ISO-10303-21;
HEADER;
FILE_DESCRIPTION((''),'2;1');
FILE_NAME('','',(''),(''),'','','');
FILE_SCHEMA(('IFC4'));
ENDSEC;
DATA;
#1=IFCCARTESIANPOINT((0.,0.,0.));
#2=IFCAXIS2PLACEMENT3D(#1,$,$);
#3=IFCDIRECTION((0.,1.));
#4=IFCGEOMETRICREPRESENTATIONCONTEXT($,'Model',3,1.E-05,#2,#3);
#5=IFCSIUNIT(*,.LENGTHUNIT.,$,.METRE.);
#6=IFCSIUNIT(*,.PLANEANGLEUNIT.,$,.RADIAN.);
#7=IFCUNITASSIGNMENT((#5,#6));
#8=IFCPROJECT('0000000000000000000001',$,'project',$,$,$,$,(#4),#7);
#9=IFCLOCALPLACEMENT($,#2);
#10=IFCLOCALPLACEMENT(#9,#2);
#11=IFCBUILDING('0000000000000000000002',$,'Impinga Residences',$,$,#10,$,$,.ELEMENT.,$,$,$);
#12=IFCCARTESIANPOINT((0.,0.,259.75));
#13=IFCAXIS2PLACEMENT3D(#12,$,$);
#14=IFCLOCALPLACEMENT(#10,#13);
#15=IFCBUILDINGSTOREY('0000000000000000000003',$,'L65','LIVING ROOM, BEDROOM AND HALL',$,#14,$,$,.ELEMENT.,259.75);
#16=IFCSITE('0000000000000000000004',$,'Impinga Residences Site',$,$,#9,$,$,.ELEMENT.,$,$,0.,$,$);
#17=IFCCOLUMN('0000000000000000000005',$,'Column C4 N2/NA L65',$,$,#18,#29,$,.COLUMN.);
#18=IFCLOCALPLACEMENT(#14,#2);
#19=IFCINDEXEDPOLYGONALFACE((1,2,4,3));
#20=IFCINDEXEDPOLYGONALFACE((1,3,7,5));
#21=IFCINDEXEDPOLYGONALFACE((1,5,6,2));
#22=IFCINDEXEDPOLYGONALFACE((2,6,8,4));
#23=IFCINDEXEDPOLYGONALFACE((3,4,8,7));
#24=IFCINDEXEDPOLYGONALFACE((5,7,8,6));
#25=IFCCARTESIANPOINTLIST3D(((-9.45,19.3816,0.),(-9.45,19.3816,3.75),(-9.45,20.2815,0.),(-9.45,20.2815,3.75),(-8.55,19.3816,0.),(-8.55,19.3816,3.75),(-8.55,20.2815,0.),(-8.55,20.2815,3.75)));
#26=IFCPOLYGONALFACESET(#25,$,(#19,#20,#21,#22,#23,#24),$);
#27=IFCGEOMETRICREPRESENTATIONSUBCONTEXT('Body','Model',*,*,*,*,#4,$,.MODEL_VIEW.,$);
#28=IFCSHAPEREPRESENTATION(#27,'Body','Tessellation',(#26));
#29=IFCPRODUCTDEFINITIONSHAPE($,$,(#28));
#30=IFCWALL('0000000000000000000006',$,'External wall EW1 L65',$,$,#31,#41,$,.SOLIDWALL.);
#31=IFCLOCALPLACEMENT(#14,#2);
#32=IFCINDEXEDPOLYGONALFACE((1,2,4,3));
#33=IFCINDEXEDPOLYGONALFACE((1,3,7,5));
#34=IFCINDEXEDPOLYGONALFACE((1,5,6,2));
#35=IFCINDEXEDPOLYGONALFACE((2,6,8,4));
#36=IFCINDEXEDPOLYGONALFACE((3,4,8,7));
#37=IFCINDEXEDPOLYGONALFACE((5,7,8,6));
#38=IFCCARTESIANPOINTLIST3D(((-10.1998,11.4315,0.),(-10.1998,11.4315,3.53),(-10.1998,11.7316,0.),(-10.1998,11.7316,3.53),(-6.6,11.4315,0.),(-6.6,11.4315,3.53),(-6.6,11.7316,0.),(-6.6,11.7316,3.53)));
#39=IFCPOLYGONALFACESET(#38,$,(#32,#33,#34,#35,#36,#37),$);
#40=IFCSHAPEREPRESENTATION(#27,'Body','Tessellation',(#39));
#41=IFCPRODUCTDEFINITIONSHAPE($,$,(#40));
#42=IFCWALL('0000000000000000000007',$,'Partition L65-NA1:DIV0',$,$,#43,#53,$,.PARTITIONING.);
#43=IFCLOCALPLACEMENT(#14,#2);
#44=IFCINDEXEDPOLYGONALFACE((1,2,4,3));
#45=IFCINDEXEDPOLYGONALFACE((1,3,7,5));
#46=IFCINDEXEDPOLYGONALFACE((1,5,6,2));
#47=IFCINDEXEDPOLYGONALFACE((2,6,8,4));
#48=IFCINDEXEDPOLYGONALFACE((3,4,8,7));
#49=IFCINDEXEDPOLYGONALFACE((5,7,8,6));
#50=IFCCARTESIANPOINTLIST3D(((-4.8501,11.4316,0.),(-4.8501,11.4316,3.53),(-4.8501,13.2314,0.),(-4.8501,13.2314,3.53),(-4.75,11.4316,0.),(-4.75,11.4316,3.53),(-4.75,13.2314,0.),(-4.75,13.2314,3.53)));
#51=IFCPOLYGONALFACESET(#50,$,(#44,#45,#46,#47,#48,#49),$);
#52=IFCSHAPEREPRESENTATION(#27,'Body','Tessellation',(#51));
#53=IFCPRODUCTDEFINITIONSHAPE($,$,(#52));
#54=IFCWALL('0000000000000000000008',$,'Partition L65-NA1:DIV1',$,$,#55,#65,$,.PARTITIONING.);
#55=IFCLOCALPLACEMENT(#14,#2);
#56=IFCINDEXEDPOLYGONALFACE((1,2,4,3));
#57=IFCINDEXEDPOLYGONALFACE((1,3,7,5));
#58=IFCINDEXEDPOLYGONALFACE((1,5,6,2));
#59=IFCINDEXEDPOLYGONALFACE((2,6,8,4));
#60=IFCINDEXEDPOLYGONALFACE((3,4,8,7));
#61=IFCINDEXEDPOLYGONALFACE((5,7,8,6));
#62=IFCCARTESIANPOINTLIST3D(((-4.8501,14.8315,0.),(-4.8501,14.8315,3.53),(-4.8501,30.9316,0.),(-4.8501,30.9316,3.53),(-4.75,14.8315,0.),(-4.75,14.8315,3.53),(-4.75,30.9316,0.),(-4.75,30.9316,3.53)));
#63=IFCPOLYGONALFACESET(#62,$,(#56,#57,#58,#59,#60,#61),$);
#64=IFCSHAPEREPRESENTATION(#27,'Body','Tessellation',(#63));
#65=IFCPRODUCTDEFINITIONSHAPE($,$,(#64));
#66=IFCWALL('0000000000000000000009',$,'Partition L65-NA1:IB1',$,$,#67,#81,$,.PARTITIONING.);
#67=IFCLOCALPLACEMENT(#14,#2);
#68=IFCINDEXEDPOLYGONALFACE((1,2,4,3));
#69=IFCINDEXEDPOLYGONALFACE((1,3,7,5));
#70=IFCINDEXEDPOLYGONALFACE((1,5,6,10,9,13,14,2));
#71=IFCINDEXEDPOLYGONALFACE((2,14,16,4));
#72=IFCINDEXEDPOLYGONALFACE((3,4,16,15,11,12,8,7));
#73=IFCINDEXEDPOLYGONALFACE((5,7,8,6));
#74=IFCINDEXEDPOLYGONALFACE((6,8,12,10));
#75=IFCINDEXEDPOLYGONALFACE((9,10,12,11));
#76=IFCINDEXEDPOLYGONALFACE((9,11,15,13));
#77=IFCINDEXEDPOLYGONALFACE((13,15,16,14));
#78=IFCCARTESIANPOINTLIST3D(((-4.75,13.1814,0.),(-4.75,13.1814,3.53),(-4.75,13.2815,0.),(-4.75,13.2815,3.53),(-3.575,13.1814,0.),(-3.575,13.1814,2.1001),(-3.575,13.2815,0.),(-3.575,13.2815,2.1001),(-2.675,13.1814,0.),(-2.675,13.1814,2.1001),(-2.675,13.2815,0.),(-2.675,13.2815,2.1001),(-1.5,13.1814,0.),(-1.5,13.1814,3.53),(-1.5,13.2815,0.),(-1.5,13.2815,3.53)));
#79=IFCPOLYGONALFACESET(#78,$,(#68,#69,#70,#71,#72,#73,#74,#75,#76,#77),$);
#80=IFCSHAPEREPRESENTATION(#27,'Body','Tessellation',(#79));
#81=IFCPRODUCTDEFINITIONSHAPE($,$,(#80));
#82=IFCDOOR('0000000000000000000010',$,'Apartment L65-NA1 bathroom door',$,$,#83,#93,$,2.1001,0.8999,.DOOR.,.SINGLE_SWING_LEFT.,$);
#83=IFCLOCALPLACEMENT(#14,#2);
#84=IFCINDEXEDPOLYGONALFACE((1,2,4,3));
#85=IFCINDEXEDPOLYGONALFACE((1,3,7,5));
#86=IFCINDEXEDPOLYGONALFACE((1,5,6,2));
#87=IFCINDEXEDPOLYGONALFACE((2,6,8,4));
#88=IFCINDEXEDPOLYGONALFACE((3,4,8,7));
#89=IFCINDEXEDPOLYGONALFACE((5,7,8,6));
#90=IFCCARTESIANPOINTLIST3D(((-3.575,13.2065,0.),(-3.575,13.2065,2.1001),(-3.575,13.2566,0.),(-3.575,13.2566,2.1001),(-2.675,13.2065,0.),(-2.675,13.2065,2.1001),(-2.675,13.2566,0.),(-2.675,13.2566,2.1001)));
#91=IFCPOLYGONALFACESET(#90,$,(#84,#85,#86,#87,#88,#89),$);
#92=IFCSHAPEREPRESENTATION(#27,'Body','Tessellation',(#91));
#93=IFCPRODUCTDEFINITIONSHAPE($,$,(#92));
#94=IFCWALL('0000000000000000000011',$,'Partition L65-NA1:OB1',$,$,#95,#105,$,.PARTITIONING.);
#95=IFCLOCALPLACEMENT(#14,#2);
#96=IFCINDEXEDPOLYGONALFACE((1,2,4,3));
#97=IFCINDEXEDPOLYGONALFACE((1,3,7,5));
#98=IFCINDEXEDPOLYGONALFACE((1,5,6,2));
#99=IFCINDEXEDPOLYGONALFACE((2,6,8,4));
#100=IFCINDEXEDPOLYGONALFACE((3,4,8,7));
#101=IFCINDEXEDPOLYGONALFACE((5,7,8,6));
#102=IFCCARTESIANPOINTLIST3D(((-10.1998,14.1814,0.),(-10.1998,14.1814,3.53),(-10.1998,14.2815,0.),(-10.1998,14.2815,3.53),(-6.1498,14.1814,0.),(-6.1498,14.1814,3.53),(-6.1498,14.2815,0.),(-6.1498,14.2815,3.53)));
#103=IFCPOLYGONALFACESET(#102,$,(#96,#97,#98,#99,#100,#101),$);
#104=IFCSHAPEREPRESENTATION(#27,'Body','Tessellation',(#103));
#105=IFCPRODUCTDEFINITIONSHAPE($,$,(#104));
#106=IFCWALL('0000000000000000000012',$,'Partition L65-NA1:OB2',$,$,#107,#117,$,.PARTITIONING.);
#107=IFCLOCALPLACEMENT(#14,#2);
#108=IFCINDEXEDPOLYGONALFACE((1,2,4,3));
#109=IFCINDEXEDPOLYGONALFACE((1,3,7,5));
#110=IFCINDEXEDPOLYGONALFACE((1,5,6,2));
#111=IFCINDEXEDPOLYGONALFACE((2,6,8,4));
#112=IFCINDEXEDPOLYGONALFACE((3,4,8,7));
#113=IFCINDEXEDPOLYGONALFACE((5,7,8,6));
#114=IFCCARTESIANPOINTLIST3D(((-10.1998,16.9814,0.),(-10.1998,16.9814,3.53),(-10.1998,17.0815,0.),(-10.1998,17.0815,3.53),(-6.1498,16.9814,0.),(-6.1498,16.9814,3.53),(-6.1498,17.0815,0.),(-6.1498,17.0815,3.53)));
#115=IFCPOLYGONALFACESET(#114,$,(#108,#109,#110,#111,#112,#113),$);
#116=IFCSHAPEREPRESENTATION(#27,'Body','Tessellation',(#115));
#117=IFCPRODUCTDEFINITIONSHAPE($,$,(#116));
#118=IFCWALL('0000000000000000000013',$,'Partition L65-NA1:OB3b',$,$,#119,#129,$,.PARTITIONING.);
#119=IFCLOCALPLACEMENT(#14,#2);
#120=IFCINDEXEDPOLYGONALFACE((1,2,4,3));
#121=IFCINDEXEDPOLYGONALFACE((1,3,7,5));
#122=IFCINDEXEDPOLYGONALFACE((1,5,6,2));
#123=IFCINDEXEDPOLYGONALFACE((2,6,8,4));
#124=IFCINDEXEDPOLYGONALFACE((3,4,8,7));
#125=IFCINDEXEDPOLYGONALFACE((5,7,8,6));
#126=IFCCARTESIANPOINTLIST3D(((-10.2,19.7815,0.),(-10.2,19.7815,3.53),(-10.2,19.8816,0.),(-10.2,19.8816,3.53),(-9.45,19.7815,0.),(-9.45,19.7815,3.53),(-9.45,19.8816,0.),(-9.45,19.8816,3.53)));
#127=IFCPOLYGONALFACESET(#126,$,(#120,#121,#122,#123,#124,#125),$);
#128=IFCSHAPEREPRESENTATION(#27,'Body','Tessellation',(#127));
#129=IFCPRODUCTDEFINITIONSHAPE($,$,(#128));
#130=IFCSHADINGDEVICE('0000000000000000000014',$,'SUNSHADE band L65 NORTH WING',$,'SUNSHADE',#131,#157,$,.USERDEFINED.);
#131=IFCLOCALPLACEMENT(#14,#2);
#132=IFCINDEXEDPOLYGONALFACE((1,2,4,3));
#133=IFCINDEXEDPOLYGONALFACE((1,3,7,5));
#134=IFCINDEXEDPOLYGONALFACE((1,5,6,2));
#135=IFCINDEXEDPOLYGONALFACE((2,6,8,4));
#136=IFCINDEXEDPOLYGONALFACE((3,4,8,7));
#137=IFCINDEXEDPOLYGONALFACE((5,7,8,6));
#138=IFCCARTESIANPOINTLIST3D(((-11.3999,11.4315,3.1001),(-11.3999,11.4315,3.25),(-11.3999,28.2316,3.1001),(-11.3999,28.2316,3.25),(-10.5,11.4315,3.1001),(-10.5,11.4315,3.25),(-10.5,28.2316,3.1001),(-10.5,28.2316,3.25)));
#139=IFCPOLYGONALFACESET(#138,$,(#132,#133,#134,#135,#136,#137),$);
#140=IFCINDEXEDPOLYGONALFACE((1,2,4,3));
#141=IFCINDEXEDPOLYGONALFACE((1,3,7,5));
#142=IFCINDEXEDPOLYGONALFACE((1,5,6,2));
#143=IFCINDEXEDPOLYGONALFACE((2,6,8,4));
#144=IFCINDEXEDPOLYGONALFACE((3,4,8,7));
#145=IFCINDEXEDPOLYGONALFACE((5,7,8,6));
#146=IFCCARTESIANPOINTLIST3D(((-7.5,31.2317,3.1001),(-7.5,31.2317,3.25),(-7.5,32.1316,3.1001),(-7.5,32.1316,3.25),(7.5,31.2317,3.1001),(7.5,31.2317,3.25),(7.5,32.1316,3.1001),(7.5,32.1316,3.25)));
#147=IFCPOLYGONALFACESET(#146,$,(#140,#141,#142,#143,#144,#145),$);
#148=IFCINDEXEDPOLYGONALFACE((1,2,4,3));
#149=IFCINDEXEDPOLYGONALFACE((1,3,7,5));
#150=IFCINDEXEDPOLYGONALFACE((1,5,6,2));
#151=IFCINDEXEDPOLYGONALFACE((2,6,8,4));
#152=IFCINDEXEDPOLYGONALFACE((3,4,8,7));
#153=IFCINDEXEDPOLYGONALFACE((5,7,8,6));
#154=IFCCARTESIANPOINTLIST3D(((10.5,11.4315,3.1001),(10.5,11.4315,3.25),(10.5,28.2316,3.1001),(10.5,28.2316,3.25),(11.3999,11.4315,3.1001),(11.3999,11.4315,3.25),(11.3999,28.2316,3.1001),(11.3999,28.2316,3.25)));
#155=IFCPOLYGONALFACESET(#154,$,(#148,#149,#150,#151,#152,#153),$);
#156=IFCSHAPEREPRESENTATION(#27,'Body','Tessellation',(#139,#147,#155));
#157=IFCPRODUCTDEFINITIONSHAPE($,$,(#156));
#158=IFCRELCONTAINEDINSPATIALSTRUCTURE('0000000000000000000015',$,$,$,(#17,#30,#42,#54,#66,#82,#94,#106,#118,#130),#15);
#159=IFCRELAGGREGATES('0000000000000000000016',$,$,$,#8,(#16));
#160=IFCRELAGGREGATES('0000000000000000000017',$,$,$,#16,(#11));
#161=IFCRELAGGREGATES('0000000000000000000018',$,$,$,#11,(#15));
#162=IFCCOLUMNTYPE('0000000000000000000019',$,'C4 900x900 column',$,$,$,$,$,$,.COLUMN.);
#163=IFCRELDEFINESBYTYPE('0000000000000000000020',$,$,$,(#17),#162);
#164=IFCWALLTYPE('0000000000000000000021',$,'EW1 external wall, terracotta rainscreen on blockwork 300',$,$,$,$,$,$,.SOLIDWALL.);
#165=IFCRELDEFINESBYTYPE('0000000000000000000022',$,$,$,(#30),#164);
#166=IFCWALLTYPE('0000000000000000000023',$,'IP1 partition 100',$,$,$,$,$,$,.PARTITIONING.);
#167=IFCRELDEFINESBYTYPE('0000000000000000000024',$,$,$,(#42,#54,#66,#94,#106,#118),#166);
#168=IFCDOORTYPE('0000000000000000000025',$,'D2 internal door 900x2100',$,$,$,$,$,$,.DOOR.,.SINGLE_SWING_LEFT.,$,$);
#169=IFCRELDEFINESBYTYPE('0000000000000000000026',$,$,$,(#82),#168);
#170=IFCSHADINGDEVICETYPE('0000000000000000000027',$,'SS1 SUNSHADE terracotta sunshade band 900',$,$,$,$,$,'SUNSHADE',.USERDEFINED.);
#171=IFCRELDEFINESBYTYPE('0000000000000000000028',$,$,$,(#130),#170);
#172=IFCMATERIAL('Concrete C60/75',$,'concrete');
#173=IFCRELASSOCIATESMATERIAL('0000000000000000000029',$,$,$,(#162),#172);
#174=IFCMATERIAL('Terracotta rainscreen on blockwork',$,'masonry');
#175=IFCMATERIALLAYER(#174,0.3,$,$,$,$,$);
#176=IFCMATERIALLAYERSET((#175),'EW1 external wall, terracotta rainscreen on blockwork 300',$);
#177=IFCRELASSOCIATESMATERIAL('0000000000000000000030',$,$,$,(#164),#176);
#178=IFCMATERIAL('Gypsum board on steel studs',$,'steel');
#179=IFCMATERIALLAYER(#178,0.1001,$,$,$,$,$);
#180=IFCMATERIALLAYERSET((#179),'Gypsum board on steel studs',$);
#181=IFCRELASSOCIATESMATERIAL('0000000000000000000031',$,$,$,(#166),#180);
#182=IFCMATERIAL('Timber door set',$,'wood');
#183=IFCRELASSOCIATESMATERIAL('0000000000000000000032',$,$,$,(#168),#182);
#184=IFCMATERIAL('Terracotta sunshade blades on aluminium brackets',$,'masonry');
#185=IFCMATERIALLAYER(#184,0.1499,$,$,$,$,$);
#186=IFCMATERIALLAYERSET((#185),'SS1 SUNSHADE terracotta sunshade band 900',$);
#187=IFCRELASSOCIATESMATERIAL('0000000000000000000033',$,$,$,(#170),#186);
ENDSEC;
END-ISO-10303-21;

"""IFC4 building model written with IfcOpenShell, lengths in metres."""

from ifc_helpers import new_model, si_unit, direction, frame, frame_2d, origin, origin_2d, place, context, subcontext, project, spatial, rectangle, extrude, material, layer, layer_set, material_profile, profile_set, type_object, element, fill, save


model = new_model("IFC4")

# Units and contexts
model_context = context("Model", 3, precision=1e-05, world=origin(), true_north=direction((0.0, 1.0)))
body_context = subcontext(model_context, "Body", "Model", "MODEL_VIEW")
ifc_project = project(units=[si_unit("LENGTHUNIT", "METRE"), si_unit("PLANEANGLEUNIT", "RADIAN")], contexts=[model_context])

# Site, building, storey
site_placement = place(None, origin())
site = spatial("IfcSite", under=ifc_project, at=site_placement, Name="Impinga Residences Site", CompositionType="ELEMENT", RefElevation=0.0)
building_placement = place(site_placement, origin())
building = spatial("IfcBuilding", under=site, at=building_placement, Name="Impinga Residences", CompositionType="ELEMENT")
storey_placement = place(building_placement, frame((0.0, 0.0, 259.75)))
storey = spatial("IfcBuildingStorey", under=building, at=storey_placement, Name="L65", Description="LIVING ROOM, BEDROOM AND HALL", CompositionType="ELEMENT", Elevation=259.75)

# Column
ifc_material_1 = material(Name="Concrete C60/75", Category="concrete")
ifc_material_profile = material_profile(ifc_material_1, rectangle(XDim=0.8999, YDim=0.8999, at=origin_2d()), Name="RC 900x900")
ifc_profile_set = profile_set([ifc_material_profile], Name="Concrete C60/75")
column_type = type_object("IfcColumnType", Name="C4 900x900 column", PredefinedType="COLUMN", material=ifc_profile_set)
column_placement = place(storey_placement, frame((-9.0, 19.8315, 0.0), z_axis=(0.0, 0.0, 1.0), x_axis=(1.0, 0.0, 0.0)))
element("IfcColumn", 1, at=column_placement, inside=storey, type_object=column_type, Name="Column C4 N2/NA L65", PredefinedType="COLUMN", context=body_context, shape_type="SweptSolid", body=[
    extrude(rectangle(XDim=0.8999, YDim=0.8999, at=origin_2d()), origin(), (0.0, 0.0, 1.0), 3.75),
])

# Walls
ifc_material_2 = material(Name="Terracotta rainscreen on blockwork", Category="masonry")
ifc_layer_1 = layer(ifc_material_2, 0.3)
ifc_layer_set_1 = layer_set([ifc_layer_1], Name="EW1 external wall, terracotta rainscreen on blockwork 300")
wall_type_1 = type_object("IfcWallType", Name="EW1 external wall, terracotta rainscreen on blockwork 300", PredefinedType="SOLIDWALL", material=ifc_layer_set_1)
wall_1_placement = place(storey_placement, frame((-6.6001, 11.5815, 0.0), z_axis=(0.0, 0.0, 1.0), x_axis=(-1.0, 0.0, 0.0)))
element("IfcWall", 2, at=wall_1_placement, inside=storey, type_object=wall_type_1, Name="External wall EW1 L65", PredefinedType="SOLIDWALL", context=body_context, shape_type="SweptSolid", body=[
    extrude(rectangle(XDim=3.5999, YDim=0.3, at=frame_2d((1.7998, 0.0))), origin(), (0.0, 0.0, 1.0), 3.53),
])
ifc_material_3 = material(Name="Gypsum board on steel studs", Category="steel")
ifc_layer_2 = layer(ifc_material_3, 0.1001)
ifc_layer_set_2 = layer_set([ifc_layer_2], Name="Gypsum board on steel studs")
wall_type_2 = type_object("IfcWallType", Name="IP1 partition 100", PredefinedType="PARTITIONING", material=ifc_layer_set_2)
wall_2_placement = place(storey_placement, frame((-4.8, 11.4316, 0.0), z_axis=(0.0, 0.0, 1.0), x_axis=(0.0, 1.0, 0.0)))
element("IfcWall", 3, at=wall_2_placement, inside=storey, type_object=wall_type_2, Name="Partition L65-NA1:DIV0", PredefinedType="PARTITIONING", context=body_context, shape_type="SweptSolid", body=[
    extrude(rectangle(XDim=1.7998, YDim=0.1001, at=frame_2d((0.8999, 0.0))), origin(), (0.0, 0.0, 1.0), 3.53),
])
wall_3_placement = place(storey_placement, frame((-4.8, 14.8315, 0.0), z_axis=(0.0, 0.0, 1.0), x_axis=(0.0, 1.0, 0.0)))
element("IfcWall", 4, at=wall_3_placement, inside=storey, type_object=wall_type_2, Name="Partition L65-NA1:DIV1", PredefinedType="PARTITIONING", context=body_context, shape_type="SweptSolid", body=[
    extrude(rectangle(XDim=16.1001, YDim=0.1001, at=frame_2d((8.05, 0.0))), origin(), (0.0, 0.0, 1.0), 3.53),
])

# Wall, opening, door
wall_4_placement = place(storey_placement, frame((-1.5, 13.2314, 0.0), z_axis=(0.0, 0.0, 1.0), x_axis=(-1.0, 0.0, 0.0)))
wall_4 = element("IfcWall", 5, at=wall_4_placement, inside=storey, type_object=wall_type_2, Name="Partition L65-NA1:IB1", PredefinedType="PARTITIONING", context=body_context, shape_type="SweptSolid", body=[
    extrude(rectangle(XDim=3.25, YDim=0.1001, at=frame_2d((1.625, 0.0))), origin(), (0.0, 0.0, 1.0), 3.53),
])
opening_placement = place(wall_4_placement, frame((1.175, 0.0, 0.0)))
opening = element("IfcOpeningElement", 6, at=opening_placement, cuts=wall_4, PredefinedType="OPENING", context=body_context, shape_type="SweptSolid", body=[
    extrude(rectangle(XDim=0.8999, YDim=2.1001, at=frame_2d((0.45, 1.05))), frame((0.0, 0.0601, 0.0), z_axis=(0.0, -1.0, 0.0), x_axis=(1.0, 0.0, 0.0)), (0.0, 0.0, 1.0), 0.1201),
])
ifc_material_4 = material(Name="Timber door set", Category="wood")
door_type = type_object("IfcDoorType", Name="D2 internal door 900x2100", OperationType="SINGLE_SWING_LEFT", PredefinedType="DOOR", material=ifc_material_4)
door_placement = place(opening_placement, origin())
door = element("IfcDoor", 7, at=door_placement, inside=storey, type_object=door_type, Name="Apartment L65-NA1 bathroom door", OperationType="SINGLE_SWING_LEFT", OverallHeight=2.1001, OverallWidth=0.8999, PredefinedType="DOOR", context=body_context, shape_type="SweptSolid", body=[
    extrude(rectangle(XDim=0.8999, YDim=2.1001, at=frame_2d((0.45, 1.05))), frame((0.0, 0.0249, 0.0), z_axis=(0.0, -1.0, 0.0), x_axis=(1.0, 0.0, 0.0)), (0.0, 0.0, 1.0), 0.05),
])
fill(opening, door)

# Walls
for number, where, z_axis, x_axis, name in (
    (8, (-6.1499, 14.2314, 0.0), (0.0, 0.0, 1.0), (-1.0, 0.0, 0.0), "Partition L65-NA1:OB1"),
    (9, (-6.1499, 17.0315, 0.0), (0.0, 0.0, 1.0), (-1.0, 0.0, 0.0), "Partition L65-NA1:OB2"),
):
    element("IfcWall", number, at=place(storey_placement, frame(where, z_axis=z_axis, x_axis=x_axis)), inside=storey, type_object=wall_type_2, Name=name, PredefinedType="PARTITIONING", context=body_context, shape_type="SweptSolid", body=[
        extrude(rectangle(XDim=4.05, YDim=0.1001, at=frame_2d((2.0249, 0.0))), origin(), (0.0, 0.0, 1.0), 3.53),
    ])
wall_5_placement = place(storey_placement, frame((-9.45, 19.8315, 0.0), z_axis=(0.0, 0.0, 1.0), x_axis=(-1.0, 0.0, 0.0)))
element("IfcWall", 10, at=wall_5_placement, inside=storey, type_object=wall_type_2, Name="Partition L65-NA1:OB3b", PredefinedType="PARTITIONING", context=body_context, shape_type="SweptSolid", body=[
    extrude(rectangle(XDim=0.75, YDim=0.1001, at=frame_2d((0.375, 0.0))), origin(), (0.0, 0.0, 1.0), 3.53),
])

# Shading device
ifc_material_5 = material(Name="Terracotta sunshade blades on aluminium brackets", Category="masonry")
ifc_layer_3 = layer(ifc_material_5, 0.1499)
ifc_layer_set_3 = layer_set([ifc_layer_3], Name="SS1 SUNSHADE terracotta sunshade band 900")
shading_device_type = type_object("IfcShadingDeviceType", Name="SS1 SUNSHADE terracotta sunshade band 900", ElementType="SUNSHADE", PredefinedType="USERDEFINED", material=ifc_layer_set_3)
shading_device_placement = place(storey_placement, frame((-10.95, 19.8315, 3.1001), z_axis=(0.0, 0.0, 1.0), x_axis=(0.0, 1.0, 0.0)))
element("IfcShadingDevice", 11, at=shading_device_placement, inside=storey, type_object=shading_device_type, Name="SUNSHADE band L65 NORTH WING", ObjectType="SUNSHADE", PredefinedType="USERDEFINED", context=body_context, shape_type="SweptSolid", body=[
    extrude(rectangle(XDim=16.8, YDim=0.8999, at=origin_2d()), origin(), (0.0, 0.0, 1.0), 0.1499),
    extrude(rectangle(XDim=15.0, YDim=0.8999, at=origin_2d()), frame((11.8501, -10.95, 0.0), z_axis=(0.0, 0.0, 1.0), x_axis=(0.0, -1.0, 0.0)), (0.0, 0.0, 1.0), 0.1499),
    extrude(rectangle(XDim=16.8, YDim=0.8999, at=origin_2d()), frame((0.0, -21.8999, 0.0), z_axis=(0.0, 0.0, 1.0), x_axis=(-1.0, 0.0, 0.0)), (0.0, 0.0, 1.0), 0.1499),
])

save(model, "model.ifc")
